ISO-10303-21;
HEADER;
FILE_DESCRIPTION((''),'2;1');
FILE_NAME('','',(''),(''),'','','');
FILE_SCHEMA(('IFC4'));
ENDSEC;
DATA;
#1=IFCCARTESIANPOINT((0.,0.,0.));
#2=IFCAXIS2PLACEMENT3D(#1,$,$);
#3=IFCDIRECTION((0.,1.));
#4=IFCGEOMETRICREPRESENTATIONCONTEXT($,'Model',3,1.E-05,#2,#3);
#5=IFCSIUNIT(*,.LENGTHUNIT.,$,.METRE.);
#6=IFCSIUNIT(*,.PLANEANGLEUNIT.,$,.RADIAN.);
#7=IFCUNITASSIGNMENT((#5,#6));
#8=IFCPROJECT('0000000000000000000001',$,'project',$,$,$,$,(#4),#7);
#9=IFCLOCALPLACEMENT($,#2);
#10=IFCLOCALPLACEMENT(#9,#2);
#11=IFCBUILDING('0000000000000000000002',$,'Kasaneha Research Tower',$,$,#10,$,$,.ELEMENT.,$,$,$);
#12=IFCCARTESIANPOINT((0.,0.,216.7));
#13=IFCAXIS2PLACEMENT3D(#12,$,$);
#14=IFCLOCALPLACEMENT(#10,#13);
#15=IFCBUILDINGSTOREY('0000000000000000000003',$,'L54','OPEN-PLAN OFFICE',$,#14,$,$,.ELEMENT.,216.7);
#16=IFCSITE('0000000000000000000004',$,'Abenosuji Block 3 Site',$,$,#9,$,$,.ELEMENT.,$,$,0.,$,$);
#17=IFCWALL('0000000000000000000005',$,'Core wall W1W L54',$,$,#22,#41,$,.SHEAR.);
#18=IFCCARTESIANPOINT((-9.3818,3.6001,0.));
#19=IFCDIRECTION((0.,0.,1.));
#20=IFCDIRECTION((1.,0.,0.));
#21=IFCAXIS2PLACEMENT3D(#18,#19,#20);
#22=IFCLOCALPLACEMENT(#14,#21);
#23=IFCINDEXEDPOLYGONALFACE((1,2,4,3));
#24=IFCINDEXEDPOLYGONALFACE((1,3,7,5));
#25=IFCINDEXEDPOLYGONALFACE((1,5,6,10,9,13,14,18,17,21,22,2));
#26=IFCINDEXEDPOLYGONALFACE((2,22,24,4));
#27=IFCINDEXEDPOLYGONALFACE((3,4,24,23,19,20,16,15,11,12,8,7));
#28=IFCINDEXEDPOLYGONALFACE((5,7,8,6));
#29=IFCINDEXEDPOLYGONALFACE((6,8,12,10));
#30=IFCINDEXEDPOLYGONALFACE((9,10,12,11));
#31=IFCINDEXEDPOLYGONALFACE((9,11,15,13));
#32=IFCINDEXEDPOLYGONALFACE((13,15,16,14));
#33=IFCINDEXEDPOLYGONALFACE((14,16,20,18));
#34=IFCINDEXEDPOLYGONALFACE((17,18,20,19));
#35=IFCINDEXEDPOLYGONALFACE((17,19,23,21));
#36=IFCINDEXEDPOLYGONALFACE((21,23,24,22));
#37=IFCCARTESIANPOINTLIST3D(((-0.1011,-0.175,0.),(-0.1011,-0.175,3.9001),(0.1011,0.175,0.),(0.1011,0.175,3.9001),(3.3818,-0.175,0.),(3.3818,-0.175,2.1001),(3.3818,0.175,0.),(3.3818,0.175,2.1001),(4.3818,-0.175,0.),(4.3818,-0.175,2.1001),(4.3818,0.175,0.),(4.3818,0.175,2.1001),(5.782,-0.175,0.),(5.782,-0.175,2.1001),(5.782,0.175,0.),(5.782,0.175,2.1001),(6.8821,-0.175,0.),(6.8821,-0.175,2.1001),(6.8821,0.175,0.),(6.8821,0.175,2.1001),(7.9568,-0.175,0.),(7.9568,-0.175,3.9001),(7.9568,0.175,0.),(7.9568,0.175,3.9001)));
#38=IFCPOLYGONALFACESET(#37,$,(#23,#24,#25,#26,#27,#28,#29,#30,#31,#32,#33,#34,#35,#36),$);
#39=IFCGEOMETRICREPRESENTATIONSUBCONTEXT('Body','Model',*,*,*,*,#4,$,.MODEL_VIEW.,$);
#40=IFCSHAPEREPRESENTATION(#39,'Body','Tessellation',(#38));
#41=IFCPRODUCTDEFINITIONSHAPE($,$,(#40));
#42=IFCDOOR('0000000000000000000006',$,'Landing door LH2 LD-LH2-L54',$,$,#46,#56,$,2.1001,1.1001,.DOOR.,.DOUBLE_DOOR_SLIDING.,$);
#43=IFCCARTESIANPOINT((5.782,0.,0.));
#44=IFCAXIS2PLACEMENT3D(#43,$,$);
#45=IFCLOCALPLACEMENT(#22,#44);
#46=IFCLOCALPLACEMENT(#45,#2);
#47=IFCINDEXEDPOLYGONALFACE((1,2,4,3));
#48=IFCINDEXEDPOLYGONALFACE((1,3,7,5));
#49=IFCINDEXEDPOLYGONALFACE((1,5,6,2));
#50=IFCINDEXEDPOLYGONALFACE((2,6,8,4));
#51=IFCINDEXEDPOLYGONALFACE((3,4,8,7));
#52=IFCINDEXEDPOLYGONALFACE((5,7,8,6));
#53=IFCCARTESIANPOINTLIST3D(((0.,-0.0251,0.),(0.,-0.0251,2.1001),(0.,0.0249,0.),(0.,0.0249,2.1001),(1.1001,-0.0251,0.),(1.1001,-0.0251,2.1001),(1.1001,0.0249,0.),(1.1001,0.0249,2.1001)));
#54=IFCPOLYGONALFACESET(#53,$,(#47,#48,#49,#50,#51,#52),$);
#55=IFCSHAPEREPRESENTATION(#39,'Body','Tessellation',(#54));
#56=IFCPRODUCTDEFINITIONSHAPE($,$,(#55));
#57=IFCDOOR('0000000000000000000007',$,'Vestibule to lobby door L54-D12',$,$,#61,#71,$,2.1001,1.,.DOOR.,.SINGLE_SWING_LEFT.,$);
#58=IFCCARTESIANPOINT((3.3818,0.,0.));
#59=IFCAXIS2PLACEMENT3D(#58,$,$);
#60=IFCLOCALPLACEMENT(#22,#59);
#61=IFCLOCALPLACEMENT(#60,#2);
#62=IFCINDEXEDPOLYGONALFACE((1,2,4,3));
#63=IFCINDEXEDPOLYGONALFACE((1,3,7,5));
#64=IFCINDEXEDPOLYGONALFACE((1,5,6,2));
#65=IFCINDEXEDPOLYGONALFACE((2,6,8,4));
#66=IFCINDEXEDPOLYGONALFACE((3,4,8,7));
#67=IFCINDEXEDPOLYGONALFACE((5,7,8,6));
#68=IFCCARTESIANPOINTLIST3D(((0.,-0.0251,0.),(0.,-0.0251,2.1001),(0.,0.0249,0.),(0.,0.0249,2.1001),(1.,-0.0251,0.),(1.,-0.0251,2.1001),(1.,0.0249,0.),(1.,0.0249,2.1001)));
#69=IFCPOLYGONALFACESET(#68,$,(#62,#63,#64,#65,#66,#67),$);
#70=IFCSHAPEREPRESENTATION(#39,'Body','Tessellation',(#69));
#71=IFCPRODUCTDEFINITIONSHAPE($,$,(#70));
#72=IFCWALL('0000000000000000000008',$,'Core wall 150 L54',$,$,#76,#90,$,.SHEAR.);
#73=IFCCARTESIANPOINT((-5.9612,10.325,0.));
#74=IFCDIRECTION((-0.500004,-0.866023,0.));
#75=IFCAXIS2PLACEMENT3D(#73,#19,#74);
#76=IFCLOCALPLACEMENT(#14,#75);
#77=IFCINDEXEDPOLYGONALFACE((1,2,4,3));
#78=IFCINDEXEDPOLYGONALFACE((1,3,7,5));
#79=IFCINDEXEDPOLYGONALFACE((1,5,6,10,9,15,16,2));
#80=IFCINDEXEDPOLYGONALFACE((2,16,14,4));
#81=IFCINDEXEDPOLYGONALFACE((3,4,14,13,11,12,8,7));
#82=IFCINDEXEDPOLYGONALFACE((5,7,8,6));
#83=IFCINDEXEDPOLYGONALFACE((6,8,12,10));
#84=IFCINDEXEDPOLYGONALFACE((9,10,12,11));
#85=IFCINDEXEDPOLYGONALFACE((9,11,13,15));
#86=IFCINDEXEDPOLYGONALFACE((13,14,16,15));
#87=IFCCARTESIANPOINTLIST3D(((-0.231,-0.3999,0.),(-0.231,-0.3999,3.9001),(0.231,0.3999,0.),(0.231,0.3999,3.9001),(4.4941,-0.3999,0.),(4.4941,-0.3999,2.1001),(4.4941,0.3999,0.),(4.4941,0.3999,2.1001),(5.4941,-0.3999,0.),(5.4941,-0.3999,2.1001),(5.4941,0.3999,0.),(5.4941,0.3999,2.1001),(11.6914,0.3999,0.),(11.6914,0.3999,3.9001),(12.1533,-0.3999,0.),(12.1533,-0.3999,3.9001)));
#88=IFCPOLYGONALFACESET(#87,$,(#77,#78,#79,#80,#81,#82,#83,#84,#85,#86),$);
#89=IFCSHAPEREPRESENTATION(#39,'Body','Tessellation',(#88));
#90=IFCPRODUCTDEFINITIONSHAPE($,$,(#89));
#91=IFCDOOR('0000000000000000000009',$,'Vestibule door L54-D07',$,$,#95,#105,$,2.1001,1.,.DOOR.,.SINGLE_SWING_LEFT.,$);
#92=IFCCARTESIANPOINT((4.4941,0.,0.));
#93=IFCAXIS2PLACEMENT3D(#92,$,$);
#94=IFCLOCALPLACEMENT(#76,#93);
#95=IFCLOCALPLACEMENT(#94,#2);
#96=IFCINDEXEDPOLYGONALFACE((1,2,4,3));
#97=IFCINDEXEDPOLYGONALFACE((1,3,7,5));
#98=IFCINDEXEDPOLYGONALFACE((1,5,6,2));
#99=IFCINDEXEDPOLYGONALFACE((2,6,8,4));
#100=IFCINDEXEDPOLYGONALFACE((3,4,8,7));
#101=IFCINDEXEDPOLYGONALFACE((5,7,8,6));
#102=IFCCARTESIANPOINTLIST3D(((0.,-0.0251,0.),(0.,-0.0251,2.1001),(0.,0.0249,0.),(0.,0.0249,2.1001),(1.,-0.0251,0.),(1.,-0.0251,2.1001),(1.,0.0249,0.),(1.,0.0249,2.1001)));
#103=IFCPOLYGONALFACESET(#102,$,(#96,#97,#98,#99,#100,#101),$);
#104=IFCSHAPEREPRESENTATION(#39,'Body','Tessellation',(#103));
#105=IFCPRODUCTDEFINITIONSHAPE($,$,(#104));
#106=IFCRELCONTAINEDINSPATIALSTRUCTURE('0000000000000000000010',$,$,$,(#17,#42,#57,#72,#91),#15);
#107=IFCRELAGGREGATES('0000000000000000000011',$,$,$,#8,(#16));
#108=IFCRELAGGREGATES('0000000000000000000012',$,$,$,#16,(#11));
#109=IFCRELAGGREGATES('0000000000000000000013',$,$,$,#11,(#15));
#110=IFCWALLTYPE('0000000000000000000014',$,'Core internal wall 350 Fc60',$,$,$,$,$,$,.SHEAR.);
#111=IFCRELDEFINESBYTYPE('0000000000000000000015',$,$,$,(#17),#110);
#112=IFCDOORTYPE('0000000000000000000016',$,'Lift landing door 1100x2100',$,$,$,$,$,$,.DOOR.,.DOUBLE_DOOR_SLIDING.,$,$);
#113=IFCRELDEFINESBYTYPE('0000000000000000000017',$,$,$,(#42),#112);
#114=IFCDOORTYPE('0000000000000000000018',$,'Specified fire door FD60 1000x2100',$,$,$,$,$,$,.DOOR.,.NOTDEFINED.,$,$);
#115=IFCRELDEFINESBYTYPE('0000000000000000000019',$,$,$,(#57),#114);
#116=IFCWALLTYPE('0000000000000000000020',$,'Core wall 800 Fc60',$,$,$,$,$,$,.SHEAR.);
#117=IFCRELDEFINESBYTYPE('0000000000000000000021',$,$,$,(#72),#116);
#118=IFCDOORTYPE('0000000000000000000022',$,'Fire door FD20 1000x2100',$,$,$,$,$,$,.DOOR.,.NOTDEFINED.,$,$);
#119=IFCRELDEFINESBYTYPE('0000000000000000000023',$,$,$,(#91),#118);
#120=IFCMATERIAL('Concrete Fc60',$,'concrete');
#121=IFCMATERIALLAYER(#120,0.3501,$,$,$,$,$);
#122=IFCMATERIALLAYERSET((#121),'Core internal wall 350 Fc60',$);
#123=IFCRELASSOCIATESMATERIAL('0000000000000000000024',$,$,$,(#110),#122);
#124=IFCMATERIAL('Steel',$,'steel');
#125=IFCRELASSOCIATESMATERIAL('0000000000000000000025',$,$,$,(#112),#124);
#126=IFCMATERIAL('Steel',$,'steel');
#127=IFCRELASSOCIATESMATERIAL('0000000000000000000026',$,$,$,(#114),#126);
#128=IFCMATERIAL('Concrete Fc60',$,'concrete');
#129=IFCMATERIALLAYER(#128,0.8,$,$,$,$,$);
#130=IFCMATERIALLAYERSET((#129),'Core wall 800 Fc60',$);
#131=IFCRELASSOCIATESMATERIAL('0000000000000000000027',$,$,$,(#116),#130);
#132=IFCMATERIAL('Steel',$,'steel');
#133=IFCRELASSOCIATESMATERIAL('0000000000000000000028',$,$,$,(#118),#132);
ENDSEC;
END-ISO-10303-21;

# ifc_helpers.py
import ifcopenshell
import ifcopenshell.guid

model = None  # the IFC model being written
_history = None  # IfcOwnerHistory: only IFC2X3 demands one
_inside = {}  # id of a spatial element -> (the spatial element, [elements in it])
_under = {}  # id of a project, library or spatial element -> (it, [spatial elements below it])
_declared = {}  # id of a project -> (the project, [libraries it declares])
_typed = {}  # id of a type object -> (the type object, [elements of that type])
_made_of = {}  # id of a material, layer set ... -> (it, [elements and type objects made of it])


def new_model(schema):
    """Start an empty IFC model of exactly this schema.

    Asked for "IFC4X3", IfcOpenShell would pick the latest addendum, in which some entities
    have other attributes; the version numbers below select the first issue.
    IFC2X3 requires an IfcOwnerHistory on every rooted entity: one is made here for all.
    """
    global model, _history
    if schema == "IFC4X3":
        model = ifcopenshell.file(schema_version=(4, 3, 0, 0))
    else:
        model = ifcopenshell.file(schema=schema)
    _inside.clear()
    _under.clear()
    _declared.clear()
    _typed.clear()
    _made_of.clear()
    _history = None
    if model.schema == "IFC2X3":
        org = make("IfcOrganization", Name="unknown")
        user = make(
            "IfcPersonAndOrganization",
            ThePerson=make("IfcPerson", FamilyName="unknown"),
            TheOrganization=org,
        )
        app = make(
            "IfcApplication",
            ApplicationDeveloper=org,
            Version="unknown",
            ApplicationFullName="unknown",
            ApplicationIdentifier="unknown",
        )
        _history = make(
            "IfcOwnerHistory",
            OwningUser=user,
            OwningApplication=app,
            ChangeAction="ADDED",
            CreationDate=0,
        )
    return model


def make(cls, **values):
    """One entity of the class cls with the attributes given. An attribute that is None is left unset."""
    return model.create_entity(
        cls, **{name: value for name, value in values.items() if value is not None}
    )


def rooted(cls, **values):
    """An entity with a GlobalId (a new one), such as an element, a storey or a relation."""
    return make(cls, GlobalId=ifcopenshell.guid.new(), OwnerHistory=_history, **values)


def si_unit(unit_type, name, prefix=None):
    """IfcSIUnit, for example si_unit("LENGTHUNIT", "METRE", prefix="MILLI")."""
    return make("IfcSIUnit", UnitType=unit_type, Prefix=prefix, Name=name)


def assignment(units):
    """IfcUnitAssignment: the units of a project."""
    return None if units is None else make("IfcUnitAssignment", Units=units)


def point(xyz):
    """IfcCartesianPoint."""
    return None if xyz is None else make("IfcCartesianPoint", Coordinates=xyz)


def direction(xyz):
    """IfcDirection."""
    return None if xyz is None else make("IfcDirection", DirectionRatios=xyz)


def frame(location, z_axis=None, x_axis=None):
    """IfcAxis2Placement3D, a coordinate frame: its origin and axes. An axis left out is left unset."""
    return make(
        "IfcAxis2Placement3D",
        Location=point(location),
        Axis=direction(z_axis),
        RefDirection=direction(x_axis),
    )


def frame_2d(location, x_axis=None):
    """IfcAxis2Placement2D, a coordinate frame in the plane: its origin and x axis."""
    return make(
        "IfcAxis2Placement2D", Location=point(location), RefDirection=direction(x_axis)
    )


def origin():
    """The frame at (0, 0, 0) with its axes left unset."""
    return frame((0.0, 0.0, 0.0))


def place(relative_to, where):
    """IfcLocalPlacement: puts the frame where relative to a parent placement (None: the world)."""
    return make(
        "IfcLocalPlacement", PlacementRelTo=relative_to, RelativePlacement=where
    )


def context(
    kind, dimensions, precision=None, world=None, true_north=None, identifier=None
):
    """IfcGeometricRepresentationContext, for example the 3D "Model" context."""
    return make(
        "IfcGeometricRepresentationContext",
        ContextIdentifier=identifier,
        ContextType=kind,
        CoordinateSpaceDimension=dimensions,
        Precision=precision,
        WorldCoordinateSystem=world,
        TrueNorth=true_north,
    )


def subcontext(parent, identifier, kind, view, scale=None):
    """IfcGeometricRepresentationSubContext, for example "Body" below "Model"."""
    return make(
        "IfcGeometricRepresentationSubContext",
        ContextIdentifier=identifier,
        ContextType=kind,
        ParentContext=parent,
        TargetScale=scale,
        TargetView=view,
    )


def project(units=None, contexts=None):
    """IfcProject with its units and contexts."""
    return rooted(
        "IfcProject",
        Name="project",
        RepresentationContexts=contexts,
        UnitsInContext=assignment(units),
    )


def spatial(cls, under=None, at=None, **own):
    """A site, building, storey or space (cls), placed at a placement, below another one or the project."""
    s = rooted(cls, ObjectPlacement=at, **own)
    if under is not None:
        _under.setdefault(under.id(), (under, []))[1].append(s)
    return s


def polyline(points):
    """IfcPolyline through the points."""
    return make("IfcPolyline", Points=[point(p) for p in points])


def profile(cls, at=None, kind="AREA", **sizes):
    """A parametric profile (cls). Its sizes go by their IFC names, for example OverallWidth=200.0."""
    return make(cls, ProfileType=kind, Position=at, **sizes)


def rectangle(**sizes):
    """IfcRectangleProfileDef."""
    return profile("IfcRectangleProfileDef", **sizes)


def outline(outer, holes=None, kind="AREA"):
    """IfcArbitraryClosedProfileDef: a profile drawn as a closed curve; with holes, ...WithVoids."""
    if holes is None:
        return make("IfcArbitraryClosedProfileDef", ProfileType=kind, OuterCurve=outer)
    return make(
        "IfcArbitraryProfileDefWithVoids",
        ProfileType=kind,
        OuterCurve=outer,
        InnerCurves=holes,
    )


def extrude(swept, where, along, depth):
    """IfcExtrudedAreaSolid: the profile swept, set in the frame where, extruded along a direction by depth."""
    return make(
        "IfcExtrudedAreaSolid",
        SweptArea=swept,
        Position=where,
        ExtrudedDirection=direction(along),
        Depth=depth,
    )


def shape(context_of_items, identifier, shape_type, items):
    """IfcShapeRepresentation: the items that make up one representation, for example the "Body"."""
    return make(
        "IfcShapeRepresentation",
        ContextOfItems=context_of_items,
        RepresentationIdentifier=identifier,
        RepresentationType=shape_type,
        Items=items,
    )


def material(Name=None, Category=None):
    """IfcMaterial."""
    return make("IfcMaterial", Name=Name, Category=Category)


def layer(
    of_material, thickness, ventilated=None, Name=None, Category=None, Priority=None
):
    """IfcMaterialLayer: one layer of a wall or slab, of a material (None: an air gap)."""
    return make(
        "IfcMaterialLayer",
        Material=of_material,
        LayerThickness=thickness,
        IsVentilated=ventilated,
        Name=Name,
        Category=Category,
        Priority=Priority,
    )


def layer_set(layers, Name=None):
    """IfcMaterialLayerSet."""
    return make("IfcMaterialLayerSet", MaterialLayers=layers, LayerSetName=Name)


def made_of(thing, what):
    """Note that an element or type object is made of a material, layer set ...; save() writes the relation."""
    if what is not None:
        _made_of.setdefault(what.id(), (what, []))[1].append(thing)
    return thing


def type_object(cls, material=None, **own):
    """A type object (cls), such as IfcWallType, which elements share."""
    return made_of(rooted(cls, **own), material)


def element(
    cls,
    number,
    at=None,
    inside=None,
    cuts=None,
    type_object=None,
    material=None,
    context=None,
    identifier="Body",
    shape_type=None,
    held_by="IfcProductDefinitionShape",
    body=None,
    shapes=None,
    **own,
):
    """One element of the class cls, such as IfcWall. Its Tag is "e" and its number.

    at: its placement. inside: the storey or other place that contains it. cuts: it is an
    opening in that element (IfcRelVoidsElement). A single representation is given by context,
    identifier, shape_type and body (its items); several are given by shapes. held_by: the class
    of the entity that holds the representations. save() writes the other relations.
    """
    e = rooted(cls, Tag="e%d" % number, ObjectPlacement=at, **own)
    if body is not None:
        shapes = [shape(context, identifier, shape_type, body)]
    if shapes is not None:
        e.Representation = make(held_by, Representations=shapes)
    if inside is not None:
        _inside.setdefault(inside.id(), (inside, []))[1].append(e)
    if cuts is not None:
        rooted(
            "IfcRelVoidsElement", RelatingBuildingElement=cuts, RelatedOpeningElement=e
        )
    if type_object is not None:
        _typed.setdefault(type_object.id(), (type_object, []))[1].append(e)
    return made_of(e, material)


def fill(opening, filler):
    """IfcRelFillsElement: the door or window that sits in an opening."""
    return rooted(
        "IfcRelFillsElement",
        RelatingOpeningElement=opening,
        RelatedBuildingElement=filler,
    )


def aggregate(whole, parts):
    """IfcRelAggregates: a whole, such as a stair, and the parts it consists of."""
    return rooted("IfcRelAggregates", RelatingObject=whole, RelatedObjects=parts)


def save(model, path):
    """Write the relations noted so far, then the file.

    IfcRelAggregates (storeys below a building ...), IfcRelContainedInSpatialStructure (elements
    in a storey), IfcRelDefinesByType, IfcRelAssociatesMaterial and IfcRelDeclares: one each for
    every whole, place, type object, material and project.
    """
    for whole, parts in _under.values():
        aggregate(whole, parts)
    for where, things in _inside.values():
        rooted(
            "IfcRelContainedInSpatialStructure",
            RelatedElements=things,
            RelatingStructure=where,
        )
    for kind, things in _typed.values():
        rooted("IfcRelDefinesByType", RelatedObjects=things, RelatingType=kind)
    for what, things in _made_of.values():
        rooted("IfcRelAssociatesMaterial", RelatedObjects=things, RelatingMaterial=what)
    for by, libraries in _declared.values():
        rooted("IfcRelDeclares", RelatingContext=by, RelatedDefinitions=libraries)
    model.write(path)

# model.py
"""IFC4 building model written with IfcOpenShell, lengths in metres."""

from ifc_helpers import new_model, si_unit, direction, frame, frame_2d, origin, place, context, subcontext, project, spatial, polyline, rectangle, outline, extrude, material, layer, layer_set, type_object, element, fill, save


model = new_model("IFC4")

# Units and contexts
model_context = context("Model", 3, precision=1e-05, world=origin(), true_north=direction((0.0, 1.0)))
body_context = subcontext(model_context, "Body", "Model", "MODEL_VIEW")
ifc_project = project(units=[si_unit("LENGTHUNIT", "METRE"), si_unit("PLANEANGLEUNIT", "RADIAN")], contexts=[model_context])

# Site, building, storey
site_placement = place(None, origin())
site = spatial("IfcSite", under=ifc_project, at=site_placement, Name="Abenosuji Block 3 Site", CompositionType="ELEMENT", RefElevation=0.0)
building_placement = place(site_placement, origin())
building = spatial("IfcBuilding", under=site, at=building_placement, Name="Kasaneha Research Tower", CompositionType="ELEMENT")
storey_placement = place(building_placement, frame((0.0, 0.0, 216.7)))
storey = spatial("IfcBuildingStorey", under=building, at=storey_placement, Name="L54", Description="OPEN-PLAN OFFICE", CompositionType="ELEMENT", Elevation=216.7)

# Wall, openings, doors
ifc_material_1 = material(Name="Concrete Fc60", Category="concrete")
ifc_layer_1 = layer(ifc_material_1, 0.3501)
ifc_layer_set_1 = layer_set([ifc_layer_1], Name="Core internal wall 350 Fc60")
wall_type_1 = type_object("IfcWallType", Name="Core internal wall 350 Fc60", PredefinedType="SHEAR", material=ifc_layer_set_1)
wall_1_placement = place(storey_placement, frame((-9.3818, 3.6001, 0.0), z_axis=(0.0, 0.0, 1.0), x_axis=(1.0, 0.0, 0.0)))
wall_1 = element("IfcWall", 1, at=wall_1_placement, inside=storey, type_object=wall_type_1, Name="Core wall W1W L54", PredefinedType="SHEAR", context=body_context, shape_type="SweptSolid", body=[
    extrude(outline(polyline([(-0.1011, -0.175), (3.3818, -0.175), (4.3818, -0.175), (5.782, -0.175), (6.8821, -0.175), (7.9568, -0.175), (7.9568, 0.175), (6.8821, 0.175), (5.782, 0.175), (4.3818, 0.175), (3.3818, 0.175), (0.1011, 0.175), (-0.1011, -0.175)])), origin(), (0.0, 0.0, 1.0), 3.9001),
])
opening_1_placement = place(wall_1_placement, frame((3.3818, 0.0, 0.0)))
opening_1 = element("IfcOpeningElement", 2, at=opening_1_placement, cuts=wall_1, PredefinedType="OPENING", context=body_context, shape_type="SweptSolid", body=[
    extrude(rectangle(XDim=1.0, YDim=2.1001, at=frame_2d((0.5, 1.05))), frame((0.0, 0.1851, 0.0), z_axis=(0.0, -1.0, 0.0), x_axis=(1.0, 0.0, 0.0)), (0.0, 0.0, 1.0), 0.3701),
])
opening_2_placement = place(wall_1_placement, frame((5.782, 0.0, 0.0)))
opening_2 = element("IfcOpeningElement", 3, at=opening_2_placement, cuts=wall_1, PredefinedType="OPENING", context=body_context, shape_type="SweptSolid", body=[
    extrude(rectangle(XDim=1.1001, YDim=2.1001, at=frame_2d((0.55, 1.05))), frame((0.0, 0.1851, 0.0), z_axis=(0.0, -1.0, 0.0), x_axis=(1.0, 0.0, 0.0)), (0.0, 0.0, 1.0), 0.3701),
])
ifc_material_2 = material(Name="Steel", Category="steel")
door_type_1 = type_object("IfcDoorType", Name="Lift landing door 1100x2100", OperationType="DOUBLE_DOOR_SLIDING", PredefinedType="DOOR", material=ifc_material_2)
door_1_placement = place(opening_2_placement, origin())
door_1 = element("IfcDoor", 4, at=door_1_placement, inside=storey, type_object=door_type_1, Name="Landing door LH2 LD-LH2-L54", OperationType="DOUBLE_DOOR_SLIDING", OverallHeight=2.1001, OverallWidth=1.1001, PredefinedType="DOOR", context=body_context, shape_type="SweptSolid", body=[
    extrude(rectangle(XDim=1.1001, YDim=2.1001, at=frame_2d((0.55, 1.05))), frame((0.0, 0.0249, 0.0), z_axis=(0.0, -1.0, 0.0), x_axis=(1.0, 0.0, 0.0)), (0.0, 0.0, 1.0), 0.05),
])
fill(opening_2, door_1)
ifc_material_3 = material(Name="Steel", Category="steel")
door_type_2 = type_object("IfcDoorType", Name="Specified fire door FD60 1000x2100", OperationType="NOTDEFINED", PredefinedType="DOOR", material=ifc_material_3)
door_2_placement = place(opening_1_placement, origin())
door_2 = element("IfcDoor", 5, at=door_2_placement, inside=storey, type_object=door_type_2, Name="Vestibule to lobby door L54-D12", OperationType="SINGLE_SWING_LEFT", OverallHeight=2.1001, OverallWidth=1.0, PredefinedType="DOOR", context=body_context, shape_type="SweptSolid", body=[
    extrude(rectangle(XDim=1.0, YDim=2.1001, at=frame_2d((0.5, 1.05))), frame((0.0, 0.0249, 0.0), z_axis=(0.0, -1.0, 0.0), x_axis=(1.0, 0.0, 0.0)), (0.0, 0.0, 1.0), 0.05),
])
fill(opening_1, door_2)

# Wall, opening, door
ifc_material_4 = material(Name="Concrete Fc60", Category="concrete")
ifc_layer_2 = layer(ifc_material_4, 0.8)
ifc_layer_set_2 = layer_set([ifc_layer_2], Name="Core wall 800 Fc60")
wall_type_2 = type_object("IfcWallType", Name="Core wall 800 Fc60", PredefinedType="SHEAR", material=ifc_layer_set_2)
wall_2_placement = place(storey_placement, frame((-5.9612, 10.325, 0.0), z_axis=(0.0, 0.0, 1.0), x_axis=(-0.500004, -0.866023, 0.0)))
wall_2 = element("IfcWall", 6, at=wall_2_placement, inside=storey, type_object=wall_type_2, Name="Core wall 150 L54", PredefinedType="SHEAR", context=body_context, shape_type="SweptSolid", body=[
    extrude(outline(polyline([(-0.231, -0.3999), (4.4941, -0.3999), (5.4941, -0.3999), (12.1533, -0.3999), (11.6914, 0.3999), (5.4941, 0.3999), (4.4941, 0.3999), (0.231, 0.3999), (-0.231, -0.3999)])), origin(), (0.0, 0.0, 1.0), 3.9001),
])
opening_3_placement = place(wall_2_placement, frame((4.4941, 0.0, 0.0)))
opening_3 = element("IfcOpeningElement", 7, at=opening_3_placement, cuts=wall_2, PredefinedType="OPENING", context=body_context, shape_type="SweptSolid", body=[
    extrude(rectangle(XDim=1.0, YDim=2.1001, at=frame_2d((0.5, 1.05))), frame((0.0, 0.4102, 0.0), z_axis=(0.0, -1.0, 0.0), x_axis=(1.0, 0.0, 0.0)), (0.0, 0.0, 1.0), 0.8201),
])
ifc_material_5 = material(Name="Steel", Category="steel")
door_type_3 = type_object("IfcDoorType", Name="Fire door FD20 1000x2100", OperationType="NOTDEFINED", PredefinedType="DOOR", material=ifc_material_5)
door_3_placement = place(opening_3_placement, origin())
door_3 = element("IfcDoor", 8, at=door_3_placement, inside=storey, type_object=door_type_3, Name="Vestibule door L54-D07", OperationType="SINGLE_SWING_LEFT", OverallHeight=2.1001, OverallWidth=1.0, PredefinedType="DOOR", context=body_context, shape_type="SweptSolid", body=[
    extrude(rectangle(XDim=1.0, YDim=2.1001, at=frame_2d((0.5, 1.05))), frame((0.0, 0.0249, 0.0), z_axis=(0.0, -1.0, 0.0), x_axis=(1.0, 0.0, 0.0)), (0.0, 0.0, 1.0), 0.05),
])
fill(opening_3, door_3)

save(model, "model.ifc")
